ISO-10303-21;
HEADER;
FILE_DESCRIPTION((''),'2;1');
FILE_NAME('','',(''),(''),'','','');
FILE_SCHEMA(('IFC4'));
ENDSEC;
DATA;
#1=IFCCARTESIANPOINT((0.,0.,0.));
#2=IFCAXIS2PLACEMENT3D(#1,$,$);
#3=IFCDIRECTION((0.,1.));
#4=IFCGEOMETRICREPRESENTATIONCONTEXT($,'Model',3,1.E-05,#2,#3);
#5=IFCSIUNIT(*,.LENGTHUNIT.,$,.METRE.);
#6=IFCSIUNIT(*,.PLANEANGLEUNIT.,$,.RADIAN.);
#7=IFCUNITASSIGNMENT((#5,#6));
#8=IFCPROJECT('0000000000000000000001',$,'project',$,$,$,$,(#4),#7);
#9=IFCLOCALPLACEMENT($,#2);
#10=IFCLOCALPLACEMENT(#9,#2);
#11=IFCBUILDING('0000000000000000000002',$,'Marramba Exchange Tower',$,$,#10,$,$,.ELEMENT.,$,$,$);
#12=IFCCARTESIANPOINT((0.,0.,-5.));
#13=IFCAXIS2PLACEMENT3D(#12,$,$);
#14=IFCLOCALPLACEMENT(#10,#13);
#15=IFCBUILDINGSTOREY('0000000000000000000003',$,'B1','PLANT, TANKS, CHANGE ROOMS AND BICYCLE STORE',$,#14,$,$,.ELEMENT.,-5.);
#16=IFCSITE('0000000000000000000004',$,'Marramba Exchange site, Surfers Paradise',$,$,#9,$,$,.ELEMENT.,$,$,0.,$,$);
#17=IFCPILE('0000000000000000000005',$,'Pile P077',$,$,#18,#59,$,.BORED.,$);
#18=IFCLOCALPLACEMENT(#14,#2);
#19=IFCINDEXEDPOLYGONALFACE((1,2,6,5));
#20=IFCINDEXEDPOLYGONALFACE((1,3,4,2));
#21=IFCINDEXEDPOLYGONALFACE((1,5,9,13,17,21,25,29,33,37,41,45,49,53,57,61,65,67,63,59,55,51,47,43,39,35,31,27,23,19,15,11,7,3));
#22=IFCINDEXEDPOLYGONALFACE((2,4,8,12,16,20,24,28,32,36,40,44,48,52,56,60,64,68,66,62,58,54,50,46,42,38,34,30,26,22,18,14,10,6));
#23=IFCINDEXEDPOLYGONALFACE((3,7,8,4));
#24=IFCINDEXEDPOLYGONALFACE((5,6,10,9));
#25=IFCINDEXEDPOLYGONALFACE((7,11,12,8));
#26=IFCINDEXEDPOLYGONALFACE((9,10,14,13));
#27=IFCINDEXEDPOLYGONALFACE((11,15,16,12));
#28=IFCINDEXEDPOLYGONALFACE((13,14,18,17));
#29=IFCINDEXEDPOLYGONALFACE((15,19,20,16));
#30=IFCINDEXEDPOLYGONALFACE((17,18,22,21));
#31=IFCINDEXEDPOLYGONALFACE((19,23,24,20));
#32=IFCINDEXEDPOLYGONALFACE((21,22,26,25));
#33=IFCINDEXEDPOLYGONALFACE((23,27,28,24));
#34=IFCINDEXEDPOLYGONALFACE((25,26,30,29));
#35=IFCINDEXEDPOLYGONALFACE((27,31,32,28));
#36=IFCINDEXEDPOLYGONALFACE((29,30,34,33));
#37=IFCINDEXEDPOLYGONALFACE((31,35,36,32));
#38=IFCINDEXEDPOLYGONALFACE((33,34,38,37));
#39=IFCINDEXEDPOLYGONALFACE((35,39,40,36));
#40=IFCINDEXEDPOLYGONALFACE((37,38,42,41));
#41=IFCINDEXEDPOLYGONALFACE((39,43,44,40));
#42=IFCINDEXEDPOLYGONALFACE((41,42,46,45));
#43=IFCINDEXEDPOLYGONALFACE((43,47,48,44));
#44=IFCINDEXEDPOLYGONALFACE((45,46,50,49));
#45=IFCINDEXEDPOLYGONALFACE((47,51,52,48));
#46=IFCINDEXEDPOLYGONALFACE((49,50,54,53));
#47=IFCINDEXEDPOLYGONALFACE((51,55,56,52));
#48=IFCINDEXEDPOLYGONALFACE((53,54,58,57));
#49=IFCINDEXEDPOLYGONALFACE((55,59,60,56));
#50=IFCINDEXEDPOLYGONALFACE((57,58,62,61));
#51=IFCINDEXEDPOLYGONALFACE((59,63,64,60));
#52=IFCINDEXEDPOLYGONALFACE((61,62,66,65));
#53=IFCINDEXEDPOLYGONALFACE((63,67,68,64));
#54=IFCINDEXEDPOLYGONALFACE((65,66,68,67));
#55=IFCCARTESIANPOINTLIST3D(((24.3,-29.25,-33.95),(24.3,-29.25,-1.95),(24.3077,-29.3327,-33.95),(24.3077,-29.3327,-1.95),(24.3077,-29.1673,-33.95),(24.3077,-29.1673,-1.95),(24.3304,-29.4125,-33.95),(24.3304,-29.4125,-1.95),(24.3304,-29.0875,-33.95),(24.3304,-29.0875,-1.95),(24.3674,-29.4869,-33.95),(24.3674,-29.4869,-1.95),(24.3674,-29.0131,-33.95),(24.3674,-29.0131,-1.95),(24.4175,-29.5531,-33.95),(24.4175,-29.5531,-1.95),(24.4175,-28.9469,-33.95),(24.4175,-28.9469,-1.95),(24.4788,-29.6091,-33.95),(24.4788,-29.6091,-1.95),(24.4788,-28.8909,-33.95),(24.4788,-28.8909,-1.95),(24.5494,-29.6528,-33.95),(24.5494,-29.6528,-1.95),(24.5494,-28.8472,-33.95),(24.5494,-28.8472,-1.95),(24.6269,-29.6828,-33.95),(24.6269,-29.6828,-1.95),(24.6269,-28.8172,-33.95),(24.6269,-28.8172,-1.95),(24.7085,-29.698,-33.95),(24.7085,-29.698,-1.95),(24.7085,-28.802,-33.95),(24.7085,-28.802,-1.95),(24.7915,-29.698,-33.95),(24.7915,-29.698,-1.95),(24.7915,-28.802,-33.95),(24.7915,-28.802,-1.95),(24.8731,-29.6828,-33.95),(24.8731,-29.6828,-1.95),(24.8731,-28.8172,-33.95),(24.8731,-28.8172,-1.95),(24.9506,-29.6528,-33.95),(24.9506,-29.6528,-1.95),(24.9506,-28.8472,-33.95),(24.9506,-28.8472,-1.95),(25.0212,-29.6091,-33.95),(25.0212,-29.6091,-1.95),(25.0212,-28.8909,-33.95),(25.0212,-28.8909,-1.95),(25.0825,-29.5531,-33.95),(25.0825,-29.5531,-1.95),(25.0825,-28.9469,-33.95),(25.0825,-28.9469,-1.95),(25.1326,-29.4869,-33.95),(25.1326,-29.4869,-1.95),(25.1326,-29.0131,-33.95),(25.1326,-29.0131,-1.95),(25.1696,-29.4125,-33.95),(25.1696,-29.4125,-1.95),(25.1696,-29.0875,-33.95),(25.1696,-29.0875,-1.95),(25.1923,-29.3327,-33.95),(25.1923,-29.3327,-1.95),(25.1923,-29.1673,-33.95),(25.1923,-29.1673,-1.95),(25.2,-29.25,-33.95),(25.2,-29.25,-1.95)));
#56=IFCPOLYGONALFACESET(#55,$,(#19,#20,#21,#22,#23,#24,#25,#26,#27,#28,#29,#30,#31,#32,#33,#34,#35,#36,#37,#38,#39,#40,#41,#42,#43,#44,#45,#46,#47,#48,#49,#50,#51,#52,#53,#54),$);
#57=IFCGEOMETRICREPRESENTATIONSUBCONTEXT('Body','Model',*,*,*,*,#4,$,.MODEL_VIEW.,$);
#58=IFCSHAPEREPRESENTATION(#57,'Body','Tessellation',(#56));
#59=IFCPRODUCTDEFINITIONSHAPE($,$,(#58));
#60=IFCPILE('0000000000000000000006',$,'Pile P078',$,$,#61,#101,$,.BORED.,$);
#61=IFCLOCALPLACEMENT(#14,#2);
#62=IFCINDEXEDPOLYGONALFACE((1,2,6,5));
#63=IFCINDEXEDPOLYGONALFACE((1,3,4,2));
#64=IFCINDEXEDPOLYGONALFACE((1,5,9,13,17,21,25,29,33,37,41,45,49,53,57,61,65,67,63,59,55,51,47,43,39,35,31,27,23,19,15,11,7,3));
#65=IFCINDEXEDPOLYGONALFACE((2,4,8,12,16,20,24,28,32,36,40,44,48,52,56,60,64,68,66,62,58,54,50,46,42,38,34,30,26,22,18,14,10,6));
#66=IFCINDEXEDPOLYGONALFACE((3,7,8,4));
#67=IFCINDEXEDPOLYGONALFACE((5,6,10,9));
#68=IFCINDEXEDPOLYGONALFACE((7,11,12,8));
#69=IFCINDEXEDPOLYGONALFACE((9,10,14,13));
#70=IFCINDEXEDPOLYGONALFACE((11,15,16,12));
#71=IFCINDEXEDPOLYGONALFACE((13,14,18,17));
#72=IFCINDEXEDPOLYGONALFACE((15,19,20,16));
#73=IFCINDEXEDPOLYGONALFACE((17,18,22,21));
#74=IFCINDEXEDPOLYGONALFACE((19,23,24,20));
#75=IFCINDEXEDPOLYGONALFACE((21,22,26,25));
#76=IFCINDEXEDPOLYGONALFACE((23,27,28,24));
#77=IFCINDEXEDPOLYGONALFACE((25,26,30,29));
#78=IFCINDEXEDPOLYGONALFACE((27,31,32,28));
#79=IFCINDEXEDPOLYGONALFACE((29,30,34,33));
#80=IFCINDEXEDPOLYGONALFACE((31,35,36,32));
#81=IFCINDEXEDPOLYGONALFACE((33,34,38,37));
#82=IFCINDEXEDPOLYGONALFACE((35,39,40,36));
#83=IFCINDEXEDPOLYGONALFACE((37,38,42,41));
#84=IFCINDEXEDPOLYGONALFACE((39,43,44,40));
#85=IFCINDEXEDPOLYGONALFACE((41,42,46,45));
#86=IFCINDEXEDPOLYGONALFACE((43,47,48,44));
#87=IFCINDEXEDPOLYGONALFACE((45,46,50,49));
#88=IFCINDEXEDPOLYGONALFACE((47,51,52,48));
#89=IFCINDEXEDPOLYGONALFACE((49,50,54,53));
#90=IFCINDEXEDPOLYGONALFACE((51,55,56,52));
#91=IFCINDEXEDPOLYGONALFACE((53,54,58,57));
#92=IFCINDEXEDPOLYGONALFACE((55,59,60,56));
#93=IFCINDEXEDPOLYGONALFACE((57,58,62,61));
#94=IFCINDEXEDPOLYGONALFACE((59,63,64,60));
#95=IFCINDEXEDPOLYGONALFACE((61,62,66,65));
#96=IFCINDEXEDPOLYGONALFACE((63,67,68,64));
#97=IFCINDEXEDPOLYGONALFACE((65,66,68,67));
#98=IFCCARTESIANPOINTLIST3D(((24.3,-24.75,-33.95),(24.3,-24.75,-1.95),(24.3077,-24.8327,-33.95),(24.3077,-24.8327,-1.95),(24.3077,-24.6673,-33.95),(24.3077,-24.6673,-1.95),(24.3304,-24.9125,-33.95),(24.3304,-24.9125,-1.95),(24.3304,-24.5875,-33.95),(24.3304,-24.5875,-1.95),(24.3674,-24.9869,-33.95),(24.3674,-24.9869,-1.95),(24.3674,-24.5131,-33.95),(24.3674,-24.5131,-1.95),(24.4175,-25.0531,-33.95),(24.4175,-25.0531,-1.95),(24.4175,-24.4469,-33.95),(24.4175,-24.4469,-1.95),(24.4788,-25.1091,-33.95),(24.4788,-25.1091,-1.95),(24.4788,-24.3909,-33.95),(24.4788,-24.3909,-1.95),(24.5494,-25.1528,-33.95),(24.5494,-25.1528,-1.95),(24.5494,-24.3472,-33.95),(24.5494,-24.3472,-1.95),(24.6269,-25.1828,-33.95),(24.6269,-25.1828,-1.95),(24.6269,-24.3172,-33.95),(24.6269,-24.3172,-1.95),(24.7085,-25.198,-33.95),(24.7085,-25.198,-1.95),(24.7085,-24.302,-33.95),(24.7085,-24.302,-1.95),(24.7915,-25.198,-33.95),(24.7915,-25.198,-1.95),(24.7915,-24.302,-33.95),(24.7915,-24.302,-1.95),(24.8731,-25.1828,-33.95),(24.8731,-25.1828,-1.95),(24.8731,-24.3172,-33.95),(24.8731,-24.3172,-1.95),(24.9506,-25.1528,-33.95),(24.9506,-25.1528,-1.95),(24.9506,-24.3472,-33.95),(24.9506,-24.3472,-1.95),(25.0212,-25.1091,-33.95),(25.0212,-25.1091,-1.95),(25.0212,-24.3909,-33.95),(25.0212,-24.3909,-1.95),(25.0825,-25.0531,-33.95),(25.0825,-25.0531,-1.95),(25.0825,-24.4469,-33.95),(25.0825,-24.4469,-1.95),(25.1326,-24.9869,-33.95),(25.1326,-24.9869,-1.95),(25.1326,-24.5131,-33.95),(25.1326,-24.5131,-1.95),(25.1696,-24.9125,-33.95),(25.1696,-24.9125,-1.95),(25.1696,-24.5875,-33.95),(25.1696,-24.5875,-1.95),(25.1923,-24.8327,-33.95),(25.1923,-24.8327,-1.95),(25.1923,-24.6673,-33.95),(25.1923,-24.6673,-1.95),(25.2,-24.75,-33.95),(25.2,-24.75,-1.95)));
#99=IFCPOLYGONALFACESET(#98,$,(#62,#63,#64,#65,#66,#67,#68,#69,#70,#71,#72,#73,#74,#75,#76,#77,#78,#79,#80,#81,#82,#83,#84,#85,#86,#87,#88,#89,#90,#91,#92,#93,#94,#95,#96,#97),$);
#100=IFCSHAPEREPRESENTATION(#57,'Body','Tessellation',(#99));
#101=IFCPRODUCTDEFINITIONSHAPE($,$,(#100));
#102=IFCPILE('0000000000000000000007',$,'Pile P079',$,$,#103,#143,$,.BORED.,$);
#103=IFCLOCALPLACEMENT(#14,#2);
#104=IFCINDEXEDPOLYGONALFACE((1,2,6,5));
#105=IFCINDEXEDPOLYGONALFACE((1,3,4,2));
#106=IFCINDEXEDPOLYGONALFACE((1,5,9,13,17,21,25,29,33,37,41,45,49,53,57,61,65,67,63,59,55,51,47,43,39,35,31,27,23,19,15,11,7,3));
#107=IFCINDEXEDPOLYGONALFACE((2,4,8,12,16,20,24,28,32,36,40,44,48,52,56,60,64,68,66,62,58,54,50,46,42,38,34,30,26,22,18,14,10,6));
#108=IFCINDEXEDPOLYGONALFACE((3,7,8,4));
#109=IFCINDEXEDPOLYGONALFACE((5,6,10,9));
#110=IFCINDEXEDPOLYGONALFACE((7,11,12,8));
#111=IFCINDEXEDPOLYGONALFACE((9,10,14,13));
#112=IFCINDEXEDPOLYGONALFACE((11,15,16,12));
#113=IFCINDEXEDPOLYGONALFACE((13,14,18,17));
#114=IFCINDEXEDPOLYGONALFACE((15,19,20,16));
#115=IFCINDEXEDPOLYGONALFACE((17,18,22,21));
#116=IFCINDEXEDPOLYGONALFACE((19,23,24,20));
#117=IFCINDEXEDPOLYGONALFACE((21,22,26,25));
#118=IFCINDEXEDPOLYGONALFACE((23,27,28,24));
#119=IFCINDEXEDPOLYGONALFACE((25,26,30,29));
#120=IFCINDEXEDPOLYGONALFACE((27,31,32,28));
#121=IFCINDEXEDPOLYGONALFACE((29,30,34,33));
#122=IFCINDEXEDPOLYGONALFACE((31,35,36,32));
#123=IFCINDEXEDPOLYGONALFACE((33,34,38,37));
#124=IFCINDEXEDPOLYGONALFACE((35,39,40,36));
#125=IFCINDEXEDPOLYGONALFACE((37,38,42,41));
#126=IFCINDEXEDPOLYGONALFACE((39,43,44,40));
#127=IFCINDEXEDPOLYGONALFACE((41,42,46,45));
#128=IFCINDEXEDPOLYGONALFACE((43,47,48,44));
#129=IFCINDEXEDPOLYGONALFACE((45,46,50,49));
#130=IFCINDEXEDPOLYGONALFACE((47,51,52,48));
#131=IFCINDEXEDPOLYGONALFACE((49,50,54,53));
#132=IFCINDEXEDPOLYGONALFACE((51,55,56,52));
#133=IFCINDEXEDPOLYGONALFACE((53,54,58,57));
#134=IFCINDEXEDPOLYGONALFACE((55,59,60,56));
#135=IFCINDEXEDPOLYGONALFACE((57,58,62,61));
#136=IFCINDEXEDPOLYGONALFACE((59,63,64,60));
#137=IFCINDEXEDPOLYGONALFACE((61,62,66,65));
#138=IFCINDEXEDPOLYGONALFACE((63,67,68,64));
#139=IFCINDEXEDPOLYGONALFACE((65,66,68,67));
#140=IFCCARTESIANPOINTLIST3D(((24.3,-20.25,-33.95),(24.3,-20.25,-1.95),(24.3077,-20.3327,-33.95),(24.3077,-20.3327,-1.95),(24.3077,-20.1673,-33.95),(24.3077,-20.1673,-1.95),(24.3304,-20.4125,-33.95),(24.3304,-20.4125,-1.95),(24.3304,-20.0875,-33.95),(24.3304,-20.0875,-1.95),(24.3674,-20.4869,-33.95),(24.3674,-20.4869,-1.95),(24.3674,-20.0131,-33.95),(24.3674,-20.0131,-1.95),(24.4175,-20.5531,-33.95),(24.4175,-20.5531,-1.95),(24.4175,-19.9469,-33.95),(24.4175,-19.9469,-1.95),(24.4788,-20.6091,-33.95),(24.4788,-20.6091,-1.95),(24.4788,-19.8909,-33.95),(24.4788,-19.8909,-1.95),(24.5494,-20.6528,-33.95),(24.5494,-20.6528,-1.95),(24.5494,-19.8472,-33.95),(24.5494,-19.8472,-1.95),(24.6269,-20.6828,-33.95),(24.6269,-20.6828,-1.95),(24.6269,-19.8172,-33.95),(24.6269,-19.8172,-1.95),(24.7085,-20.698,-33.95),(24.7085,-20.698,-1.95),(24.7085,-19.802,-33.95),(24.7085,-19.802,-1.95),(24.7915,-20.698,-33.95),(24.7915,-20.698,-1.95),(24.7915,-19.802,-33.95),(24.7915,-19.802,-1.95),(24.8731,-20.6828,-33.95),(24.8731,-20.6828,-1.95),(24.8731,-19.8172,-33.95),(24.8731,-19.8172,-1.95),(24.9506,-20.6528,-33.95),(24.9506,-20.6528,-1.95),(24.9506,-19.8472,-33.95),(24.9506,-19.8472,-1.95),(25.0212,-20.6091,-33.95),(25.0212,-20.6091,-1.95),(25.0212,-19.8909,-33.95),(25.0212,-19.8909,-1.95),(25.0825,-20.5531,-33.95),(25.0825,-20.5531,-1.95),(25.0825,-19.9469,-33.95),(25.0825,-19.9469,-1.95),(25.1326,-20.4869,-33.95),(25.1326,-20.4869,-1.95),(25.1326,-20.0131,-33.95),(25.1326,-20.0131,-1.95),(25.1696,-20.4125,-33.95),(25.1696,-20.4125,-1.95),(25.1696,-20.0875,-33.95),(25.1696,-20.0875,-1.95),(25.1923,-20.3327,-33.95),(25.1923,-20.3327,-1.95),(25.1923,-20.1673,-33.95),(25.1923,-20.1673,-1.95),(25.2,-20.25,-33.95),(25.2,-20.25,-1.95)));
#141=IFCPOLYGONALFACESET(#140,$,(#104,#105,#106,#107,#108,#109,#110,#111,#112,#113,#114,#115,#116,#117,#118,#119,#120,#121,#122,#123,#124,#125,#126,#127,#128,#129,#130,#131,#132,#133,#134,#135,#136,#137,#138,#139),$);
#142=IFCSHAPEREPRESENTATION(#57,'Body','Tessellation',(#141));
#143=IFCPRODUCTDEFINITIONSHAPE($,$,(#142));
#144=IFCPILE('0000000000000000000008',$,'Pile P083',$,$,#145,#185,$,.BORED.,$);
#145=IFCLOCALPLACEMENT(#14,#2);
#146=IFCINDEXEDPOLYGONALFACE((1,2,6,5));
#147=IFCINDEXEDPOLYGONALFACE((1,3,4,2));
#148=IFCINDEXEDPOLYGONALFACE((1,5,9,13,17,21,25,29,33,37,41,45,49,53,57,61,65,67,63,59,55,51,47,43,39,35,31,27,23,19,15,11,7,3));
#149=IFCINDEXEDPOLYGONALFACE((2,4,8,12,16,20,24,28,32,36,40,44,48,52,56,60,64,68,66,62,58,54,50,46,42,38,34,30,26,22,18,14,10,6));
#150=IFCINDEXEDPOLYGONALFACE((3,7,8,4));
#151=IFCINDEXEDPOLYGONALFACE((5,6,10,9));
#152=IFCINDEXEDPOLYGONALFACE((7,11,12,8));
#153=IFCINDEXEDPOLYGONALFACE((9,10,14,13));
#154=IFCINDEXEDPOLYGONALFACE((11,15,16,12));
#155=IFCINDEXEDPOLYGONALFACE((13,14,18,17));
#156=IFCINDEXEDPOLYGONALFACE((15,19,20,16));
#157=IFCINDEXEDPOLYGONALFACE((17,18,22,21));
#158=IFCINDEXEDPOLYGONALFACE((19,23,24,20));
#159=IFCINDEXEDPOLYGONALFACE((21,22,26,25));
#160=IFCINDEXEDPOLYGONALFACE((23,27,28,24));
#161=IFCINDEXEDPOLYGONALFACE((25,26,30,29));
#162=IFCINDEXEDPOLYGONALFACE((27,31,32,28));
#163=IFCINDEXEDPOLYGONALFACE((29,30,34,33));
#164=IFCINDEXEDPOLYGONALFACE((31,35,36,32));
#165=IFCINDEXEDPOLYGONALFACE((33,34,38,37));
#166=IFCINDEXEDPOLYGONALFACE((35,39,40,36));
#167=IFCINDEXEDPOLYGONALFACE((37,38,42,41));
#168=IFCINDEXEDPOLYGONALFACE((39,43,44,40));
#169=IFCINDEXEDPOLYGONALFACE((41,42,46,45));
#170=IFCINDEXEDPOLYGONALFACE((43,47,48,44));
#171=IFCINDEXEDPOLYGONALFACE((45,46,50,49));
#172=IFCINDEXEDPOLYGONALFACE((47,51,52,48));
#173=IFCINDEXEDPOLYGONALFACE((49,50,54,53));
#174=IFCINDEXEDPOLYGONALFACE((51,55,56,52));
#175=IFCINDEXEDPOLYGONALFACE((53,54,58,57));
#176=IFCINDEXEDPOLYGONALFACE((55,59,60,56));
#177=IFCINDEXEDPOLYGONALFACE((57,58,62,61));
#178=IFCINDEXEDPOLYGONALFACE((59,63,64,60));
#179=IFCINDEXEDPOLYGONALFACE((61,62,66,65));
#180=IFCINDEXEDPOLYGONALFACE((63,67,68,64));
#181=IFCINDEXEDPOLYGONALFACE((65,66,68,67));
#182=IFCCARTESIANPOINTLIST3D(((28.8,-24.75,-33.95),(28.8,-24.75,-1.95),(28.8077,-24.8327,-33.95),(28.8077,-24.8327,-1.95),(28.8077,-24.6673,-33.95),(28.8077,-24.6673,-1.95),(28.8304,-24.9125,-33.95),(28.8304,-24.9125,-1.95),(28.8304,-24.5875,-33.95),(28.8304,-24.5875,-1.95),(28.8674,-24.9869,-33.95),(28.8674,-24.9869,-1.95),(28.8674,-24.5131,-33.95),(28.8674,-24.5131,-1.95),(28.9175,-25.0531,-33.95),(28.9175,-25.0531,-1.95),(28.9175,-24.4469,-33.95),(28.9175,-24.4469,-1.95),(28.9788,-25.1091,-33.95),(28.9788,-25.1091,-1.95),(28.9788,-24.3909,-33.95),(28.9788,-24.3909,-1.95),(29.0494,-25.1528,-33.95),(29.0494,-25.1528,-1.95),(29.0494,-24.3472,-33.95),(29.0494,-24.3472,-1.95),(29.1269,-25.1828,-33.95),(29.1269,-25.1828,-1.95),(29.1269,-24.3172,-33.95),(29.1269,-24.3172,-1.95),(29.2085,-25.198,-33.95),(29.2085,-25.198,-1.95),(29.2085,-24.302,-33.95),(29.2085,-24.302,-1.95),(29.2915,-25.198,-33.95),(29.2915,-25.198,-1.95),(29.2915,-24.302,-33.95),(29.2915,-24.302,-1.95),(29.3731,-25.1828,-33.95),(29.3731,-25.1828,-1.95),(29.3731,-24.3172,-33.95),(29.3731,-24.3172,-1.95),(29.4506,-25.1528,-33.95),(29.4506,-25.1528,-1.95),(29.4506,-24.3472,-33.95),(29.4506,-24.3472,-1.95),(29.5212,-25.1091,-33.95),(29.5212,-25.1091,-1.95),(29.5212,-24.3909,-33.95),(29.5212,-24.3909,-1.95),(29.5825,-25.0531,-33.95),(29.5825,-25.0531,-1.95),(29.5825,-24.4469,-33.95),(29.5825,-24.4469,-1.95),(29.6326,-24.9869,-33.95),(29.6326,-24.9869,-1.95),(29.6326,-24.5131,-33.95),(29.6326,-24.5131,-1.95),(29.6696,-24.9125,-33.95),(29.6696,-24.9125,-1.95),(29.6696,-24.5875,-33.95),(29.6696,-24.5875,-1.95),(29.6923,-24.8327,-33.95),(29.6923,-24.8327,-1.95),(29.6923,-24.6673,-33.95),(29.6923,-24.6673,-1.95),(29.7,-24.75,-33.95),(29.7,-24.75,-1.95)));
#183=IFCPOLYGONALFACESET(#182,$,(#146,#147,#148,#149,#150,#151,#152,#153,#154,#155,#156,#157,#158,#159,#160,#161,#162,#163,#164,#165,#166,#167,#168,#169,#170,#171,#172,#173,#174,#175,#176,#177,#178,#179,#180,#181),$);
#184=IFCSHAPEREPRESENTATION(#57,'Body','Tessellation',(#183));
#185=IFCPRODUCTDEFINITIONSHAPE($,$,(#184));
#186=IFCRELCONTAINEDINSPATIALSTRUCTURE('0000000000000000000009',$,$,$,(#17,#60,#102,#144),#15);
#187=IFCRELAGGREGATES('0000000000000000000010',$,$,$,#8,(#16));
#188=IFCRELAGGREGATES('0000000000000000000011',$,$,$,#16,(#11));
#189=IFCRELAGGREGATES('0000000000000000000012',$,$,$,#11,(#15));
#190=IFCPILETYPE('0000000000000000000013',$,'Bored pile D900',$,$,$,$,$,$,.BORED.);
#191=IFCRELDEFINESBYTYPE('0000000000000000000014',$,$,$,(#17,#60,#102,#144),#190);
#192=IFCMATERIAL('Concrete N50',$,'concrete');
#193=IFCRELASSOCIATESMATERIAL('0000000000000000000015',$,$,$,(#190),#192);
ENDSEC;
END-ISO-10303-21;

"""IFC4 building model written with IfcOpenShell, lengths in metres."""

from ifc_helpers import new_model, si_unit, direction, frame, origin, origin_2d, place, context, subcontext, project, spatial, circle, extrude, material, material_profile, profile_set, type_object, element, save


model = new_model("IFC4")

# Units and contexts
model_context = context("Model", 3, precision=1e-05, world=origin(), true_north=direction((0.0, 1.0)))
body_context = subcontext(model_context, "Body", "Model", "MODEL_VIEW")
ifc_project = project(units=[si_unit("LENGTHUNIT", "METRE"), si_unit("PLANEANGLEUNIT", "RADIAN")], contexts=[model_context])

# Site, building, storey
site_placement = place(None, origin())
site = spatial("IfcSite", under=ifc_project, at=site_placement, Name="Marramba Exchange site, Surfers Paradise", CompositionType="ELEMENT", RefElevation=0.0)
building_placement = place(site_placement, origin())
building = spatial("IfcBuilding", under=site, at=building_placement, Name="Marramba Exchange Tower", CompositionType="ELEMENT")
storey_placement = place(building_placement, frame((0.0, 0.0, -5.0)))
storey = spatial("IfcBuildingStorey", under=building, at=storey_placement, Name="B1", Description="PLANT, TANKS, CHANGE ROOMS AND BICYCLE STORE", CompositionType="ELEMENT", Elevation=-5.0)

# Piles
ifc_material_1 = material(Name="Concrete N50", Category="concrete")
ifc_material_profile_1 = material_profile(ifc_material_1, circle(Radius=0.45, at=origin_2d()), Name="BP D900")
ifc_profile_set_1 = profile_set([ifc_material_profile_1], Name="Concrete N50")
pile_type = type_object("IfcPileType", Name="Bored pile D900", PredefinedType="BORED", material=ifc_profile_set_1)
for number, where, z_axis, x_axis, name in (
    (1, (24.75, -29.25, -1.95), (0.0, 0.0, -1.0), (1.0, 0.0, 0.0), "Pile P077"),
    (2, (24.75, -24.75, -1.95), (0.0, 0.0, -1.0), (1.0, 0.0, 0.0), "Pile P078"),
    (3, (24.75, -20.25, -1.95), (0.0, 0.0, -1.0), (1.0, 0.0, 0.0), "Pile P079"),
    (4, (29.25, -24.75, -1.95), (0.0, 0.0, -1.0), (1.0, 0.0, 0.0), "Pile P083"),
):
    element("IfcPile", number, at=place(storey_placement, frame(where, z_axis=z_axis, x_axis=x_axis)), inside=storey, type_object=pile_type, Name=name, PredefinedType="BORED", context=body_context, shape_type="SweptSolid", body=[
        extrude(circle(Radius=0.45, at=origin_2d()), origin(), (0.0, 0.0, 1.0), 32.0),
    ])

save(model, "model.ifc")
